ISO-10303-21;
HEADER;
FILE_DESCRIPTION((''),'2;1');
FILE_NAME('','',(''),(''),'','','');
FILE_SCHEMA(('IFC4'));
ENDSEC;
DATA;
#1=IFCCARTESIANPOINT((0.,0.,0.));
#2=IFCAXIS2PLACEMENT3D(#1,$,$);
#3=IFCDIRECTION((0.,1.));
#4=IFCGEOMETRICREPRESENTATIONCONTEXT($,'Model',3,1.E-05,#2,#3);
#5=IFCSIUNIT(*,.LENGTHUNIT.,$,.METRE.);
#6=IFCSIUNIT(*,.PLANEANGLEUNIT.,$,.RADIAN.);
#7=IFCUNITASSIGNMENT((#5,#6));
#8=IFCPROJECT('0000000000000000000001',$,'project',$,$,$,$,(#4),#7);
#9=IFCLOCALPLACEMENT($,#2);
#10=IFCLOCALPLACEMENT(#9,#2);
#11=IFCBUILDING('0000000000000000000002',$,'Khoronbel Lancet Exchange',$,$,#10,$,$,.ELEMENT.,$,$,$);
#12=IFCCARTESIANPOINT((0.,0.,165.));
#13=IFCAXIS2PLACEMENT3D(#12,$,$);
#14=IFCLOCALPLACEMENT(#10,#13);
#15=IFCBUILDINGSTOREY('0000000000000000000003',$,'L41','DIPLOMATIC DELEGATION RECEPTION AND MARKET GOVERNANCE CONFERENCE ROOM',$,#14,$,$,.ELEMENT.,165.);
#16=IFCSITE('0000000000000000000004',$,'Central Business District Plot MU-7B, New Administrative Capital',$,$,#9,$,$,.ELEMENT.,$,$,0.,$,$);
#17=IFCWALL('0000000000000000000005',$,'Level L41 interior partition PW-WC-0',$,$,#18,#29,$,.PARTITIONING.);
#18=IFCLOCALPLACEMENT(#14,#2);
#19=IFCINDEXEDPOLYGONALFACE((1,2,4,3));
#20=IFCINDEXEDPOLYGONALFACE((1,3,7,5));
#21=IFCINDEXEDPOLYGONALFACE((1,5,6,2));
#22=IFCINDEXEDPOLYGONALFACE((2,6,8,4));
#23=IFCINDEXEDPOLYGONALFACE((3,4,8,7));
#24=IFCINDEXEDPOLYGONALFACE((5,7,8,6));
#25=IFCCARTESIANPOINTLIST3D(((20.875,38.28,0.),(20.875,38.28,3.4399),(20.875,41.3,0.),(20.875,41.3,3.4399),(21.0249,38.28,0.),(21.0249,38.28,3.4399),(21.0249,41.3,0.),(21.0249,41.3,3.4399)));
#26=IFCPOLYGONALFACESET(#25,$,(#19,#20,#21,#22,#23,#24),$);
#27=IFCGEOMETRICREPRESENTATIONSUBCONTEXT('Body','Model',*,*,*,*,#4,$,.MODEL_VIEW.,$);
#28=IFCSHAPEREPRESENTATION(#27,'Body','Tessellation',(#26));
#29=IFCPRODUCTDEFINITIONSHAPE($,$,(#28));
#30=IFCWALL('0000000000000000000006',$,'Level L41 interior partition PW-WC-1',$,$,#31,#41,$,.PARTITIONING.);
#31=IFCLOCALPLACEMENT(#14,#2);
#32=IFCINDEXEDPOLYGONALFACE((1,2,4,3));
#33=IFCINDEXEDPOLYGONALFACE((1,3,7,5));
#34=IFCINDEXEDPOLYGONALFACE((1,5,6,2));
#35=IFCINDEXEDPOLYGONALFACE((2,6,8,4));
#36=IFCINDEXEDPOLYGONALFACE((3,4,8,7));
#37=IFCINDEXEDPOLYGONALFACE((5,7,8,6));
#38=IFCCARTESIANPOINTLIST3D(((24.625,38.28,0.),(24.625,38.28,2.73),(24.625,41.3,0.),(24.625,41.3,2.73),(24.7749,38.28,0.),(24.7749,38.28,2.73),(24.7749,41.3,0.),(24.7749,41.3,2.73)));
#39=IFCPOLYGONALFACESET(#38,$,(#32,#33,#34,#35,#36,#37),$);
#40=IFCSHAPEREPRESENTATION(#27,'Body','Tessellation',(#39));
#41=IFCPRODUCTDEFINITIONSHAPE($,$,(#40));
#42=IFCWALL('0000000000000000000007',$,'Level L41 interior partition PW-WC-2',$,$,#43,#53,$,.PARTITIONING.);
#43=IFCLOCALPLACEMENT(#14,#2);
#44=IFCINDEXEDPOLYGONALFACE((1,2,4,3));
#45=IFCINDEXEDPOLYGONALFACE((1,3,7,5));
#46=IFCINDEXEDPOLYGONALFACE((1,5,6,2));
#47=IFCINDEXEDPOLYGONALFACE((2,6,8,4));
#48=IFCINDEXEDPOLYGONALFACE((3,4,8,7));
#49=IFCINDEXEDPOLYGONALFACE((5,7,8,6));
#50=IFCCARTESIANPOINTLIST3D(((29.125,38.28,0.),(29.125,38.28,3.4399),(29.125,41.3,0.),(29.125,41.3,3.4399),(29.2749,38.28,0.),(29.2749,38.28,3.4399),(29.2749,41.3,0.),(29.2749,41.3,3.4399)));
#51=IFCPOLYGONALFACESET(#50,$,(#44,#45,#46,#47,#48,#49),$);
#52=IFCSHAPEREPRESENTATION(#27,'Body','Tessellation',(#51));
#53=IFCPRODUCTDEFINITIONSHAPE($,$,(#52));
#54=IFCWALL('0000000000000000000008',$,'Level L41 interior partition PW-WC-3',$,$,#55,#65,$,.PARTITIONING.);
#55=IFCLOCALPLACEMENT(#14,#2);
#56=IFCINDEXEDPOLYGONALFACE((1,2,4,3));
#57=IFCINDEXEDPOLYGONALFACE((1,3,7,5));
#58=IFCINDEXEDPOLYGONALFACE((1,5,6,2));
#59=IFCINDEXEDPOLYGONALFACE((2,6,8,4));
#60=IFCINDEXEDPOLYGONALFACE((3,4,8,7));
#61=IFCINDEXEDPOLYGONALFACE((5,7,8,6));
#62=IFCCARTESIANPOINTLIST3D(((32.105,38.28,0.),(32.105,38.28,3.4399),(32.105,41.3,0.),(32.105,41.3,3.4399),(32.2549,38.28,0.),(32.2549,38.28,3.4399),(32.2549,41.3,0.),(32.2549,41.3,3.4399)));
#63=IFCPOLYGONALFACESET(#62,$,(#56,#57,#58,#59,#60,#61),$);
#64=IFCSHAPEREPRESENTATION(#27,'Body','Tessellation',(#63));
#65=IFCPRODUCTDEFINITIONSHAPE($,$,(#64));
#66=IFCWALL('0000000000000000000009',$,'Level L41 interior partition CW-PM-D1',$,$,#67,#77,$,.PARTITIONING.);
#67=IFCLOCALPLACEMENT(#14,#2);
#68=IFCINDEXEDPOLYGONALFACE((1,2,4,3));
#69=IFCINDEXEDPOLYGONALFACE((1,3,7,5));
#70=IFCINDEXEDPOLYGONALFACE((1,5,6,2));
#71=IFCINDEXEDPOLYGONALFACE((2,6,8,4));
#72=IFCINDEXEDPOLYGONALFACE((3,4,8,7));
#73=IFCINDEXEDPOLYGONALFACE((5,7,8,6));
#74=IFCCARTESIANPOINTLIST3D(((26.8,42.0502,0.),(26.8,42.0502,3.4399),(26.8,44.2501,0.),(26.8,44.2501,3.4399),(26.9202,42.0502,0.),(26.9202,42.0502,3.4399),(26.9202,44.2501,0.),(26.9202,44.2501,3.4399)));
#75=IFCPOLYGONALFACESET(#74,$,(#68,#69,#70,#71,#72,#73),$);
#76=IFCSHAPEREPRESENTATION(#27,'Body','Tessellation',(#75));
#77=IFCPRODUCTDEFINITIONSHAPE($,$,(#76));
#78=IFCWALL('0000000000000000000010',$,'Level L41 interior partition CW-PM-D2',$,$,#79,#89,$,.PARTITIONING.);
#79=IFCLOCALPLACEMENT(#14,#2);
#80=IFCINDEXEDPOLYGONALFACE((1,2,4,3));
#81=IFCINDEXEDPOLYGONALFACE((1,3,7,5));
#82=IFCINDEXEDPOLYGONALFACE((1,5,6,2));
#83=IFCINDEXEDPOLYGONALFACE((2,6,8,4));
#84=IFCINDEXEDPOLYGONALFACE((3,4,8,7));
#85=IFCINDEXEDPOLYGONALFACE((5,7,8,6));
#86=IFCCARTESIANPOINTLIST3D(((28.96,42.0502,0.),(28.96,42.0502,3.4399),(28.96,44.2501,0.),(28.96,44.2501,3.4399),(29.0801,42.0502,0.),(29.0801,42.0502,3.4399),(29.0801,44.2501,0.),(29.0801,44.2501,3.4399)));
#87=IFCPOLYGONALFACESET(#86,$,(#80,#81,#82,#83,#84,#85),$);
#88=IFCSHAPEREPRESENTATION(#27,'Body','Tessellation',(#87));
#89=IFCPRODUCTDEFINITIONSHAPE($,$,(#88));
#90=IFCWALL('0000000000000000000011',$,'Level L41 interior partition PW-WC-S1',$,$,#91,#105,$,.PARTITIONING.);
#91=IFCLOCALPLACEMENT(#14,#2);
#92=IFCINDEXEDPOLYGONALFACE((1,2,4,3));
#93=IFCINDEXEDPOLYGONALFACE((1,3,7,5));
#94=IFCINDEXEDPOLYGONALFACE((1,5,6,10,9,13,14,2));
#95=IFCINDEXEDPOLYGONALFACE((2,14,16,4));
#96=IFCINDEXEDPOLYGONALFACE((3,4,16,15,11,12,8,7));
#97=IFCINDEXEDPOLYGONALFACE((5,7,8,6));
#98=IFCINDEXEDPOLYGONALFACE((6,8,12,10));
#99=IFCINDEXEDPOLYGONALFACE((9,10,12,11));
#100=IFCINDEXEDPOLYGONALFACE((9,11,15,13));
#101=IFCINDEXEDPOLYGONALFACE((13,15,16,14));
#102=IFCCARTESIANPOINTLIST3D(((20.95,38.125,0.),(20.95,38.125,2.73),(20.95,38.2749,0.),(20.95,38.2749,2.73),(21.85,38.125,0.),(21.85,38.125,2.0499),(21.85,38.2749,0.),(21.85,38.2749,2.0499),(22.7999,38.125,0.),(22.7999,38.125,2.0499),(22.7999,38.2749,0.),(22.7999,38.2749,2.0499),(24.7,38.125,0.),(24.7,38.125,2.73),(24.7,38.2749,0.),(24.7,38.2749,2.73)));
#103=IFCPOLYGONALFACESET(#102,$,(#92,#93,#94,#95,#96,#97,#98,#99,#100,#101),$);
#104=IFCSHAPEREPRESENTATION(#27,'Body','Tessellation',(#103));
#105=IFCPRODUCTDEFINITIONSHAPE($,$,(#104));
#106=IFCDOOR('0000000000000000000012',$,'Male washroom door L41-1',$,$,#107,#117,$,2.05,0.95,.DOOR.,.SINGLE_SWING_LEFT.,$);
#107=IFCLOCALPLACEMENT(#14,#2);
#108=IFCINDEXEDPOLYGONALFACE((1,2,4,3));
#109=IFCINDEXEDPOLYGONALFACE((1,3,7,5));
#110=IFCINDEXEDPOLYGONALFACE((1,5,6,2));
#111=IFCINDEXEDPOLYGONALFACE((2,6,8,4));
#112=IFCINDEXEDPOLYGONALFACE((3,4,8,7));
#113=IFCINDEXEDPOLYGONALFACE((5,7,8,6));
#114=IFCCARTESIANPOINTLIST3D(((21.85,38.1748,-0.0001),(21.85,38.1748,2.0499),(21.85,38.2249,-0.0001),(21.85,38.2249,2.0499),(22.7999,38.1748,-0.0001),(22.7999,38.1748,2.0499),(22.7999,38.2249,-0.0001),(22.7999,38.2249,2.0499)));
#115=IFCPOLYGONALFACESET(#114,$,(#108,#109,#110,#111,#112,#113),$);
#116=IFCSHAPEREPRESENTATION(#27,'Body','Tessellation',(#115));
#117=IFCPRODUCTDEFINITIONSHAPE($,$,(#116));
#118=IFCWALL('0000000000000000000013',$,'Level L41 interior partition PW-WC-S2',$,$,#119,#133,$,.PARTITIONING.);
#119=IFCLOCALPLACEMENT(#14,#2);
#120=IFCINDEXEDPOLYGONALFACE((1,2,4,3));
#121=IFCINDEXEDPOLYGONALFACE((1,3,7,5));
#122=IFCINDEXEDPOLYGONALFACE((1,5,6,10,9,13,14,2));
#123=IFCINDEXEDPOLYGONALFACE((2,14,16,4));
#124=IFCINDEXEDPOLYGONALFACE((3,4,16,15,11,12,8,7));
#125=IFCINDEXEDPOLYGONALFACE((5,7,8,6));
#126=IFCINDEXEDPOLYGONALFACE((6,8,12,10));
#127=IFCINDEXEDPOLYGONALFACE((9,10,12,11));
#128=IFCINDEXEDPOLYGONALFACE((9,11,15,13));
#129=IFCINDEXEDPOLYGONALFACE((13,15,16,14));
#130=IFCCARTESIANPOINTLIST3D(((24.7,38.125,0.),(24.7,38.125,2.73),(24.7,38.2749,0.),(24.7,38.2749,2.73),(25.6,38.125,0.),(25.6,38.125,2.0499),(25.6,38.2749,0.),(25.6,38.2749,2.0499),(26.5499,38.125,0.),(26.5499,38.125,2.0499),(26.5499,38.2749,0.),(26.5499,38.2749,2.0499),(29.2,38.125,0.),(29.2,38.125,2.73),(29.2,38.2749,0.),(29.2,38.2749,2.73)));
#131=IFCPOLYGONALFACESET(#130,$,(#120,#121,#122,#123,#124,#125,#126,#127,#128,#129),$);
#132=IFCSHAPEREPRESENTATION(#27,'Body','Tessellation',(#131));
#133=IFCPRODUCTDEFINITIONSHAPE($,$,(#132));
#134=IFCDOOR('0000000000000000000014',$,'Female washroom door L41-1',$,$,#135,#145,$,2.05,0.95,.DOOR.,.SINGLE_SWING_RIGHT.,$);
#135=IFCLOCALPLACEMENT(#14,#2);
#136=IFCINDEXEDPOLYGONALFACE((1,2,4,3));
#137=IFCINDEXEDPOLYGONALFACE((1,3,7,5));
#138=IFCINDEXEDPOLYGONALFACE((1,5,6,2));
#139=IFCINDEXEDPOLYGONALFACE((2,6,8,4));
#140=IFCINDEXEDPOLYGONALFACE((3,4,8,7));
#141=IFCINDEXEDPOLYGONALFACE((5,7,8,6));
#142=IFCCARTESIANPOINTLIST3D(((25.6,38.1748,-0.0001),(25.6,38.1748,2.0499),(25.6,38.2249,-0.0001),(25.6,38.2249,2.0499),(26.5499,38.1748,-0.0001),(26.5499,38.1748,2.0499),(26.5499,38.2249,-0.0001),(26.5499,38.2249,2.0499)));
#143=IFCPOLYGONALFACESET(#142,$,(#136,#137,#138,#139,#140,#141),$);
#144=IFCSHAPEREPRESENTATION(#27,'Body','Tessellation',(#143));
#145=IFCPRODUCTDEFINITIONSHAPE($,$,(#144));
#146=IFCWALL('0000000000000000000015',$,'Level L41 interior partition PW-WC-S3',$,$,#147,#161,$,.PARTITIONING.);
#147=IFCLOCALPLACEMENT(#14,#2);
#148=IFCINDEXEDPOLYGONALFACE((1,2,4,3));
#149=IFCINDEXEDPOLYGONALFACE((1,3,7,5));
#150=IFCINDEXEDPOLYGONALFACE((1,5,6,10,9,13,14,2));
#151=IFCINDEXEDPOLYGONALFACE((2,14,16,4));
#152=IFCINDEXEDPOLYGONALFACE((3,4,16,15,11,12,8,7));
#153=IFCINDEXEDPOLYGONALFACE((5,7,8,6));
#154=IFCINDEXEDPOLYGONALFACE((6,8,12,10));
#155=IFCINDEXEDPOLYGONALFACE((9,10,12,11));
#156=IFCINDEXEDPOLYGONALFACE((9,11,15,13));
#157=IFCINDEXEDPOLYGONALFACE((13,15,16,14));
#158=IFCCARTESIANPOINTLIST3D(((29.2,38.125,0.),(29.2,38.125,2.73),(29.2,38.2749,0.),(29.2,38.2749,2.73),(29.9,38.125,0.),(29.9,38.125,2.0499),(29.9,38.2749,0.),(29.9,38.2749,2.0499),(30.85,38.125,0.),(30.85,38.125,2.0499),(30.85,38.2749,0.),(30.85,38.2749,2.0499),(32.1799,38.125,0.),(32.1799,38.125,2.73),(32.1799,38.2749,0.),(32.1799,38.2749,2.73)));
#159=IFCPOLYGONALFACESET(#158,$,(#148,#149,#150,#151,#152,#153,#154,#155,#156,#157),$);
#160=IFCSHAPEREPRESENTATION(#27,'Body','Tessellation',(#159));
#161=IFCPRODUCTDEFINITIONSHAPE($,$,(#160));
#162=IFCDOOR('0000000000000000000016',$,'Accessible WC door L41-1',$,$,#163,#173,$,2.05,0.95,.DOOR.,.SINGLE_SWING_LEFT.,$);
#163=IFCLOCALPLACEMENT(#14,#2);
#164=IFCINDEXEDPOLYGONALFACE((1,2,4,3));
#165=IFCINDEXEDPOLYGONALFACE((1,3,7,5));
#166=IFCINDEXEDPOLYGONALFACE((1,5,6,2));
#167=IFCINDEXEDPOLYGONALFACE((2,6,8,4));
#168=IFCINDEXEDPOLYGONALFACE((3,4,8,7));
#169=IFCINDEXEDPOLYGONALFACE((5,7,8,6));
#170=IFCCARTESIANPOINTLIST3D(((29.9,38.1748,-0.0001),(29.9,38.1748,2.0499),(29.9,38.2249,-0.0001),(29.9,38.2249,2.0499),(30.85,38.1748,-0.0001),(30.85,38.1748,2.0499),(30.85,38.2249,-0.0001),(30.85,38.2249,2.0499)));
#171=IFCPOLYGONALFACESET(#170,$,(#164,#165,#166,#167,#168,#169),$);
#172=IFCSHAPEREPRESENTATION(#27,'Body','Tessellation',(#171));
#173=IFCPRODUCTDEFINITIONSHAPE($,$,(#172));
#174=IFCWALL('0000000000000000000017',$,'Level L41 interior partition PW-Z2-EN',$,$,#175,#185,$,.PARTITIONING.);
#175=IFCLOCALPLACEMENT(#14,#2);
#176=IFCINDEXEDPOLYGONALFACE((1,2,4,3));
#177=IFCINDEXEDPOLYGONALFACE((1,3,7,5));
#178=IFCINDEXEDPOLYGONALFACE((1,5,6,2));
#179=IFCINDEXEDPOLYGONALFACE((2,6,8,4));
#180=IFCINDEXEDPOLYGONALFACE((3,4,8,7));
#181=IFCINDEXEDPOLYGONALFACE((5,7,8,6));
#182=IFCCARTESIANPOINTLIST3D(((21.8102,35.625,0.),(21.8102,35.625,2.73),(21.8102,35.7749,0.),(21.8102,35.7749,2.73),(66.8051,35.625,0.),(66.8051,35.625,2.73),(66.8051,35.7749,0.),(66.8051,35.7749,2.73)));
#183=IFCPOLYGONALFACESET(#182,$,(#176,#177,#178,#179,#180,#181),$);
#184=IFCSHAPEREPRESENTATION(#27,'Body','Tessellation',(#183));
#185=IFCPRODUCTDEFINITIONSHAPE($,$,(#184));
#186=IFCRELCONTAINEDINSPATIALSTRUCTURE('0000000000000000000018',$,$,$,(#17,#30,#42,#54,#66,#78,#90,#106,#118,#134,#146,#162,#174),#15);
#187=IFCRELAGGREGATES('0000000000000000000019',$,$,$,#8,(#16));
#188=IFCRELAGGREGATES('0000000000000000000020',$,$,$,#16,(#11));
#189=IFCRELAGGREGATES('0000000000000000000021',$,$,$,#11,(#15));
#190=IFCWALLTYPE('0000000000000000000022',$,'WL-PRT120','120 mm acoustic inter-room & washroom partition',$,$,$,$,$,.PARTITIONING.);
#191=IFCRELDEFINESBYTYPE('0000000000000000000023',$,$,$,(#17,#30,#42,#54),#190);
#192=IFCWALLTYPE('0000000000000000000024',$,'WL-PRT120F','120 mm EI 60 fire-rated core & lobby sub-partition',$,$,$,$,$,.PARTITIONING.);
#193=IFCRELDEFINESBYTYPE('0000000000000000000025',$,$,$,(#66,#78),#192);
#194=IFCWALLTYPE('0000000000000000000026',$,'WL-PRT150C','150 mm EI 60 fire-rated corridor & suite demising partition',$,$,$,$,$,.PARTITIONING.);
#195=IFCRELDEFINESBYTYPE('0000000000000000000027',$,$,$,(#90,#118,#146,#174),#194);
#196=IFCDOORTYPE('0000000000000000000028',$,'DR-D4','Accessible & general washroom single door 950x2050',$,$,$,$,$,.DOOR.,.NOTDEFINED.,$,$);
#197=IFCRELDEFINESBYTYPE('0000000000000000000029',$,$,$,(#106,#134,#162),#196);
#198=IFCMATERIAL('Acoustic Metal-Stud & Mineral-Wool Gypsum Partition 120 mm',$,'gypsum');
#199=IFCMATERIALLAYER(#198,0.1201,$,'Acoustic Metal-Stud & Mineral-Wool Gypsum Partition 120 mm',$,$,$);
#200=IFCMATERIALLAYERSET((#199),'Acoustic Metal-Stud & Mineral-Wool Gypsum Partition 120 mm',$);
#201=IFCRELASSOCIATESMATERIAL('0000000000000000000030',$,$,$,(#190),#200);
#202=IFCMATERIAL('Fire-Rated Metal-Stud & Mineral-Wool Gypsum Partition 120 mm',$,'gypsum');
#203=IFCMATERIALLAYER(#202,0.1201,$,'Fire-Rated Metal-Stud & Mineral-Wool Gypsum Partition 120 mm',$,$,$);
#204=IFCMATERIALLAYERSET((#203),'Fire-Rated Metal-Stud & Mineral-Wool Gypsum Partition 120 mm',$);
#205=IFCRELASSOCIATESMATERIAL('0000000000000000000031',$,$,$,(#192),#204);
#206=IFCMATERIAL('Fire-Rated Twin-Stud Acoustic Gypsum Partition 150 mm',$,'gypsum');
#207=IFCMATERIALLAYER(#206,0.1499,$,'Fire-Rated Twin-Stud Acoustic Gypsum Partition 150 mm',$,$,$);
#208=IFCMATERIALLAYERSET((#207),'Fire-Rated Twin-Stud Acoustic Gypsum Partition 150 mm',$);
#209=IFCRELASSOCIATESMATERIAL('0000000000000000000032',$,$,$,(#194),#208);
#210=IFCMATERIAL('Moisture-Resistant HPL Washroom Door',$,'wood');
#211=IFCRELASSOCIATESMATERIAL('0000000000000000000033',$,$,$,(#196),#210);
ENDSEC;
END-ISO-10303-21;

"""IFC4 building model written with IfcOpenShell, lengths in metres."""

from ifc_helpers import new_model, si_unit, direction, frame, frame_2d, origin, place, context, subcontext, project, spatial, rectangle, extrude, material, layer, layer_set, type_object, element, fill, save


model = new_model("IFC4")

# Units and contexts
model_context = context("Model", 3, precision=1e-05, world=origin(), true_north=direction((0.0, 1.0)))
body_context = subcontext(model_context, "Body", "Model", "MODEL_VIEW")
ifc_project = project(units=[si_unit("LENGTHUNIT", "METRE"), si_unit("PLANEANGLEUNIT", "RADIAN")], contexts=[model_context])

# Site, building, storey
site_placement = place(None, origin())
site = spatial("IfcSite", under=ifc_project, at=site_placement, Name="Central Business District Plot MU-7B, New Administrative Capital", CompositionType="ELEMENT", RefElevation=0.0)
building_placement = place(site_placement, origin())
building = spatial("IfcBuilding", under=site, at=building_placement, Name="Khoronbel Lancet Exchange", CompositionType="ELEMENT")
storey_placement = place(building_placement, frame((0.0, 0.0, 165.0)))
storey = spatial("IfcBuildingStorey", under=building, at=storey_placement, Name="L41", Description="DIPLOMATIC DELEGATION RECEPTION AND MARKET GOVERNANCE CONFERENCE ROOM", CompositionType="ELEMENT", Elevation=165.0)

# Walls
ifc_material_1 = material(Name="Acoustic Metal-Stud & Mineral-Wool Gypsum Partition 120 mm", Category="gypsum")
ifc_layer_1 = layer(ifc_material_1, 0.1201, Name="Acoustic Metal-Stud & Mineral-Wool Gypsum Partition 120 mm")
ifc_layer_set_1 = layer_set([ifc_layer_1], Name="Acoustic Metal-Stud & Mineral-Wool Gypsum Partition 120 mm")
wall_type_1 = type_object("IfcWallType", Name="WL-PRT120", Description="120 mm acoustic inter-room & washroom partition", PredefinedType="PARTITIONING", material=ifc_layer_set_1)
wall_1_placement = place(storey_placement, frame((20.95, 38.28, 0.0), z_axis=(0.0, 0.0, 1.0), x_axis=(0.0, 1.0, 0.0)))
element("IfcWall", 1, at=wall_1_placement, inside=storey, type_object=wall_type_1, Name="Level L41 interior partition PW-WC-0", PredefinedType="PARTITIONING", context=body_context, shape_type="SweptSolid", body=[
    extrude(rectangle(XDim=3.02, YDim=0.1499, at=frame_2d((1.51, 0.0))), origin(), (0.0, 0.0, 1.0), 3.4399),
])
wall_2_placement = place(storey_placement, frame((24.7, 38.28, 0.0), z_axis=(0.0, 0.0, 1.0), x_axis=(0.0, 1.0, 0.0)))
element("IfcWall", 2, at=wall_2_placement, inside=storey, type_object=wall_type_1, Name="Level L41 interior partition PW-WC-1", PredefinedType="PARTITIONING", context=body_context, shape_type="SweptSolid", body=[
    extrude(rectangle(XDim=3.02, YDim=0.1499, at=frame_2d((1.51, 0.0))), origin(), (0.0, 0.0, 1.0), 2.73),
])
for number, where, z_axis, x_axis, name in (
    (3, (29.2, 38.28, 0.0), (0.0, 0.0, 1.0), (0.0, 1.0, 0.0), "Level L41 interior partition PW-WC-2"),
    (4, (32.1799, 38.28, 0.0), (0.0, 0.0, 1.0), (0.0, 1.0, 0.0), "Level L41 interior partition PW-WC-3"),
):
    element("IfcWall", number, at=place(storey_placement, frame(where, z_axis=z_axis, x_axis=x_axis)), inside=storey, type_object=wall_type_1, Name=name, PredefinedType="PARTITIONING", context=body_context, shape_type="SweptSolid", body=[
        extrude(rectangle(XDim=3.02, YDim=0.1499, at=frame_2d((1.51, 0.0))), origin(), (0.0, 0.0, 1.0), 3.4399),
    ])
ifc_material_2 = material(Name="Fire-Rated Metal-Stud & Mineral-Wool Gypsum Partition 120 mm", Category="gypsum")
ifc_layer_2 = layer(ifc_material_2, 0.1201, Name="Fire-Rated Metal-Stud & Mineral-Wool Gypsum Partition 120 mm")
ifc_layer_set_2 = layer_set([ifc_layer_2], Name="Fire-Rated Metal-Stud & Mineral-Wool Gypsum Partition 120 mm")
wall_type_2 = type_object("IfcWallType", Name="WL-PRT120F", Description="120 mm EI 60 fire-rated core & lobby sub-partition", PredefinedType="PARTITIONING", material=ifc_layer_set_2)
for number, where, z_axis, x_axis, name in (
    (5, (26.8601, 42.05, 0.0), (0.0, 0.0, 1.0), (0.0, 1.0, 0.0), "Level L41 interior partition CW-PM-D1"),
    (6, (29.02, 42.05, 0.0), (0.0, 0.0, 1.0), (0.0, 1.0, 0.0), "Level L41 interior partition CW-PM-D2"),
):
    element("IfcWall", number, at=place(storey_placement, frame(where, z_axis=z_axis, x_axis=x_axis)), inside=storey, type_object=wall_type_2, Name=name, PredefinedType="PARTITIONING", context=body_context, shape_type="SweptSolid", body=[
        extrude(rectangle(XDim=2.2, YDim=0.1201, at=frame_2d((1.1001, 0.0))), origin(), (0.0, 0.0, 1.0), 3.4399),
    ])

# Walls, openings, doors
ifc_material_3 = material(Name="Fire-Rated Twin-Stud Acoustic Gypsum Partition 150 mm", Category="gypsum")
ifc_layer_3 = layer(ifc_material_3, 0.1499, Name="Fire-Rated Twin-Stud Acoustic Gypsum Partition 150 mm")
ifc_layer_set_3 = layer_set([ifc_layer_3], Name="Fire-Rated Twin-Stud Acoustic Gypsum Partition 150 mm")
wall_type_3 = type_object("IfcWallType", Name="WL-PRT150C", Description="150 mm EI 60 fire-rated corridor & suite demising partition", PredefinedType="PARTITIONING", material=ifc_layer_set_3)
wall_3_placement = place(storey_placement, frame((20.95, 38.2, 0.0), z_axis=(0.0, 0.0, 1.0), x_axis=(1.0, 0.0, 0.0)))
wall_3 = element("IfcWall", 7, at=wall_3_placement, inside=storey, type_object=wall_type_3, Name="Level L41 interior partition PW-WC-S1", PredefinedType="PARTITIONING", context=body_context, shape_type="SweptSolid", body=[
    extrude(rectangle(XDim=3.75, YDim=0.1499, at=frame_2d((1.875, 0.0))), origin(), (0.0, 0.0, 1.0), 2.73),
])
opening_1_placement = place(wall_3_placement, frame((0.8999, 0.0, 0.0)))
opening_1 = element("IfcOpeningElement", 8, at=opening_1_placement, cuts=wall_3, PredefinedType="OPENING", context=body_context, shape_type="SweptSolid", body=[
    extrude(rectangle(XDim=0.95, YDim=2.05, at=frame_2d((0.4751, 1.0249))), frame((0.0, 0.085, 0.0), z_axis=(0.0, -1.0, 0.0), x_axis=(1.0, 0.0, 0.0)), (0.0, 0.0, 1.0), 0.1699),
])
ifc_material_4 = material(Name="Moisture-Resistant HPL Washroom Door", Category="wood")
door_type_1 = type_object("IfcDoorType", Name="DR-D4", Description="Accessible & general washroom single door 950x2050", OperationType="NOTDEFINED", PredefinedType="DOOR", material=ifc_material_4)
door_1_placement = place(opening_1_placement, origin())
door_1 = element("IfcDoor", 9, at=door_1_placement, inside=storey, type_object=door_type_1, Name="Male washroom door L41-1", OperationType="SINGLE_SWING_LEFT", OverallHeight=2.05, OverallWidth=0.95, PredefinedType="DOOR", context=body_context, shape_type="SweptSolid", body=[
    extrude(rectangle(XDim=0.95, YDim=2.05, at=frame_2d((0.4751, 1.0249))), frame((0.0, 0.0249, 0.0), z_axis=(0.0, -1.0, 0.0), x_axis=(1.0, 0.0, 0.0)), (0.0, 0.0, 1.0), 0.05),
])
fill(opening_1, door_1)
wall_4_placement = place(storey_placement, frame((24.7, 38.2, 0.0), z_axis=(0.0, 0.0, 1.0), x_axis=(1.0, 0.0, 0.0)))
wall_4 = element("IfcWall", 10, at=wall_4_placement, inside=storey, type_object=wall_type_3, Name="Level L41 interior partition PW-WC-S2", PredefinedType="PARTITIONING", context=body_context, shape_type="SweptSolid", body=[
    extrude(rectangle(XDim=4.5, YDim=0.1499, at=frame_2d((2.25, 0.0))), origin(), (0.0, 0.0, 1.0), 2.73),
])
opening_2_placement = place(wall_4_placement, frame((0.8999, 0.0, 0.0)))
opening_2 = element("IfcOpeningElement", 11, at=opening_2_placement, cuts=wall_4, PredefinedType="OPENING", context=body_context, shape_type="SweptSolid", body=[
    extrude(rectangle(XDim=0.95, YDim=2.05, at=frame_2d((0.4751, 1.0249))), frame((0.0, 0.085, 0.0), z_axis=(0.0, -1.0, 0.0), x_axis=(1.0, 0.0, 0.0)), (0.0, 0.0, 1.0), 0.1699),
])
door_2_placement = place(opening_2_placement, origin())
door_2 = element("IfcDoor", 12, at=door_2_placement, inside=storey, type_object=door_type_1, Name="Female washroom door L41-1", OperationType="SINGLE_SWING_RIGHT", OverallHeight=2.05, OverallWidth=0.95, PredefinedType="DOOR", context=body_context, shape_type="SweptSolid", body=[
    extrude(rectangle(XDim=0.95, YDim=2.05, at=frame_2d((0.4751, 1.0249))), frame((0.0, 0.0249, 0.0), z_axis=(0.0, -1.0, 0.0), x_axis=(1.0, 0.0, 0.0)), (0.0, 0.0, 1.0), 0.05),
])
fill(opening_2, door_2)
wall_5_placement = place(storey_placement, frame((29.2, 38.2, 0.0), z_axis=(0.0, 0.0, 1.0), x_axis=(1.0, 0.0, 0.0)))
wall_5 = element("IfcWall", 13, at=wall_5_placement, inside=storey, type_object=wall_type_3, Name="Level L41 interior partition PW-WC-S3", PredefinedType="PARTITIONING", context=body_context, shape_type="SweptSolid", body=[
    extrude(rectangle(XDim=2.98, YDim=0.1499, at=frame_2d((1.49, 0.0))), origin(), (0.0, 0.0, 1.0), 2.73),
])
opening_3_placement = place(wall_5_placement, frame((0.7, 0.0, 0.0)))
opening_3 = element("IfcOpeningElement", 14, at=opening_3_placement, cuts=wall_5, PredefinedType="OPENING", context=body_context, shape_type="SweptSolid", body=[
    extrude(rectangle(XDim=0.95, YDim=2.05, at=frame_2d((0.4751, 1.0249))), frame((0.0, 0.085, 0.0), z_axis=(0.0, -1.0, 0.0), x_axis=(1.0, 0.0, 0.0)), (0.0, 0.0, 1.0), 0.1699),
])
door_3_placement = place(opening_3_placement, origin())
door_3 = element("IfcDoor", 15, at=door_3_placement, inside=storey, type_object=door_type_1, Name="Accessible WC door L41-1", OperationType="SINGLE_SWING_LEFT", OverallHeight=2.05, OverallWidth=0.95, PredefinedType="DOOR", context=body_context, shape_type="SweptSolid", body=[
    extrude(rectangle(XDim=0.95, YDim=2.05, at=frame_2d((0.4751, 1.0249))), frame((0.0, 0.0249, 0.0), z_axis=(0.0, -1.0, 0.0), x_axis=(1.0, 0.0, 0.0)), (0.0, 0.0, 1.0), 0.05),
])
fill(opening_3, door_3)

# Wall
wall_6_placement = place(storey_placement, frame((21.8101, 35.7, 0.0), z_axis=(0.0, 0.0, 1.0), x_axis=(1.0, 0.0, 0.0)))
element("IfcWall", 16, at=wall_6_placement, inside=storey, type_object=wall_type_3, Name="Level L41 interior partition PW-Z2-EN", PredefinedType="PARTITIONING", context=body_context, shape_type="SweptSolid", body=[
    extrude(rectangle(XDim=44.9949, YDim=0.1499, at=frame_2d((22.4976, 0.0))), origin(), (0.0, 0.0, 1.0), 2.73),
])

save(model, "model.ifc")
